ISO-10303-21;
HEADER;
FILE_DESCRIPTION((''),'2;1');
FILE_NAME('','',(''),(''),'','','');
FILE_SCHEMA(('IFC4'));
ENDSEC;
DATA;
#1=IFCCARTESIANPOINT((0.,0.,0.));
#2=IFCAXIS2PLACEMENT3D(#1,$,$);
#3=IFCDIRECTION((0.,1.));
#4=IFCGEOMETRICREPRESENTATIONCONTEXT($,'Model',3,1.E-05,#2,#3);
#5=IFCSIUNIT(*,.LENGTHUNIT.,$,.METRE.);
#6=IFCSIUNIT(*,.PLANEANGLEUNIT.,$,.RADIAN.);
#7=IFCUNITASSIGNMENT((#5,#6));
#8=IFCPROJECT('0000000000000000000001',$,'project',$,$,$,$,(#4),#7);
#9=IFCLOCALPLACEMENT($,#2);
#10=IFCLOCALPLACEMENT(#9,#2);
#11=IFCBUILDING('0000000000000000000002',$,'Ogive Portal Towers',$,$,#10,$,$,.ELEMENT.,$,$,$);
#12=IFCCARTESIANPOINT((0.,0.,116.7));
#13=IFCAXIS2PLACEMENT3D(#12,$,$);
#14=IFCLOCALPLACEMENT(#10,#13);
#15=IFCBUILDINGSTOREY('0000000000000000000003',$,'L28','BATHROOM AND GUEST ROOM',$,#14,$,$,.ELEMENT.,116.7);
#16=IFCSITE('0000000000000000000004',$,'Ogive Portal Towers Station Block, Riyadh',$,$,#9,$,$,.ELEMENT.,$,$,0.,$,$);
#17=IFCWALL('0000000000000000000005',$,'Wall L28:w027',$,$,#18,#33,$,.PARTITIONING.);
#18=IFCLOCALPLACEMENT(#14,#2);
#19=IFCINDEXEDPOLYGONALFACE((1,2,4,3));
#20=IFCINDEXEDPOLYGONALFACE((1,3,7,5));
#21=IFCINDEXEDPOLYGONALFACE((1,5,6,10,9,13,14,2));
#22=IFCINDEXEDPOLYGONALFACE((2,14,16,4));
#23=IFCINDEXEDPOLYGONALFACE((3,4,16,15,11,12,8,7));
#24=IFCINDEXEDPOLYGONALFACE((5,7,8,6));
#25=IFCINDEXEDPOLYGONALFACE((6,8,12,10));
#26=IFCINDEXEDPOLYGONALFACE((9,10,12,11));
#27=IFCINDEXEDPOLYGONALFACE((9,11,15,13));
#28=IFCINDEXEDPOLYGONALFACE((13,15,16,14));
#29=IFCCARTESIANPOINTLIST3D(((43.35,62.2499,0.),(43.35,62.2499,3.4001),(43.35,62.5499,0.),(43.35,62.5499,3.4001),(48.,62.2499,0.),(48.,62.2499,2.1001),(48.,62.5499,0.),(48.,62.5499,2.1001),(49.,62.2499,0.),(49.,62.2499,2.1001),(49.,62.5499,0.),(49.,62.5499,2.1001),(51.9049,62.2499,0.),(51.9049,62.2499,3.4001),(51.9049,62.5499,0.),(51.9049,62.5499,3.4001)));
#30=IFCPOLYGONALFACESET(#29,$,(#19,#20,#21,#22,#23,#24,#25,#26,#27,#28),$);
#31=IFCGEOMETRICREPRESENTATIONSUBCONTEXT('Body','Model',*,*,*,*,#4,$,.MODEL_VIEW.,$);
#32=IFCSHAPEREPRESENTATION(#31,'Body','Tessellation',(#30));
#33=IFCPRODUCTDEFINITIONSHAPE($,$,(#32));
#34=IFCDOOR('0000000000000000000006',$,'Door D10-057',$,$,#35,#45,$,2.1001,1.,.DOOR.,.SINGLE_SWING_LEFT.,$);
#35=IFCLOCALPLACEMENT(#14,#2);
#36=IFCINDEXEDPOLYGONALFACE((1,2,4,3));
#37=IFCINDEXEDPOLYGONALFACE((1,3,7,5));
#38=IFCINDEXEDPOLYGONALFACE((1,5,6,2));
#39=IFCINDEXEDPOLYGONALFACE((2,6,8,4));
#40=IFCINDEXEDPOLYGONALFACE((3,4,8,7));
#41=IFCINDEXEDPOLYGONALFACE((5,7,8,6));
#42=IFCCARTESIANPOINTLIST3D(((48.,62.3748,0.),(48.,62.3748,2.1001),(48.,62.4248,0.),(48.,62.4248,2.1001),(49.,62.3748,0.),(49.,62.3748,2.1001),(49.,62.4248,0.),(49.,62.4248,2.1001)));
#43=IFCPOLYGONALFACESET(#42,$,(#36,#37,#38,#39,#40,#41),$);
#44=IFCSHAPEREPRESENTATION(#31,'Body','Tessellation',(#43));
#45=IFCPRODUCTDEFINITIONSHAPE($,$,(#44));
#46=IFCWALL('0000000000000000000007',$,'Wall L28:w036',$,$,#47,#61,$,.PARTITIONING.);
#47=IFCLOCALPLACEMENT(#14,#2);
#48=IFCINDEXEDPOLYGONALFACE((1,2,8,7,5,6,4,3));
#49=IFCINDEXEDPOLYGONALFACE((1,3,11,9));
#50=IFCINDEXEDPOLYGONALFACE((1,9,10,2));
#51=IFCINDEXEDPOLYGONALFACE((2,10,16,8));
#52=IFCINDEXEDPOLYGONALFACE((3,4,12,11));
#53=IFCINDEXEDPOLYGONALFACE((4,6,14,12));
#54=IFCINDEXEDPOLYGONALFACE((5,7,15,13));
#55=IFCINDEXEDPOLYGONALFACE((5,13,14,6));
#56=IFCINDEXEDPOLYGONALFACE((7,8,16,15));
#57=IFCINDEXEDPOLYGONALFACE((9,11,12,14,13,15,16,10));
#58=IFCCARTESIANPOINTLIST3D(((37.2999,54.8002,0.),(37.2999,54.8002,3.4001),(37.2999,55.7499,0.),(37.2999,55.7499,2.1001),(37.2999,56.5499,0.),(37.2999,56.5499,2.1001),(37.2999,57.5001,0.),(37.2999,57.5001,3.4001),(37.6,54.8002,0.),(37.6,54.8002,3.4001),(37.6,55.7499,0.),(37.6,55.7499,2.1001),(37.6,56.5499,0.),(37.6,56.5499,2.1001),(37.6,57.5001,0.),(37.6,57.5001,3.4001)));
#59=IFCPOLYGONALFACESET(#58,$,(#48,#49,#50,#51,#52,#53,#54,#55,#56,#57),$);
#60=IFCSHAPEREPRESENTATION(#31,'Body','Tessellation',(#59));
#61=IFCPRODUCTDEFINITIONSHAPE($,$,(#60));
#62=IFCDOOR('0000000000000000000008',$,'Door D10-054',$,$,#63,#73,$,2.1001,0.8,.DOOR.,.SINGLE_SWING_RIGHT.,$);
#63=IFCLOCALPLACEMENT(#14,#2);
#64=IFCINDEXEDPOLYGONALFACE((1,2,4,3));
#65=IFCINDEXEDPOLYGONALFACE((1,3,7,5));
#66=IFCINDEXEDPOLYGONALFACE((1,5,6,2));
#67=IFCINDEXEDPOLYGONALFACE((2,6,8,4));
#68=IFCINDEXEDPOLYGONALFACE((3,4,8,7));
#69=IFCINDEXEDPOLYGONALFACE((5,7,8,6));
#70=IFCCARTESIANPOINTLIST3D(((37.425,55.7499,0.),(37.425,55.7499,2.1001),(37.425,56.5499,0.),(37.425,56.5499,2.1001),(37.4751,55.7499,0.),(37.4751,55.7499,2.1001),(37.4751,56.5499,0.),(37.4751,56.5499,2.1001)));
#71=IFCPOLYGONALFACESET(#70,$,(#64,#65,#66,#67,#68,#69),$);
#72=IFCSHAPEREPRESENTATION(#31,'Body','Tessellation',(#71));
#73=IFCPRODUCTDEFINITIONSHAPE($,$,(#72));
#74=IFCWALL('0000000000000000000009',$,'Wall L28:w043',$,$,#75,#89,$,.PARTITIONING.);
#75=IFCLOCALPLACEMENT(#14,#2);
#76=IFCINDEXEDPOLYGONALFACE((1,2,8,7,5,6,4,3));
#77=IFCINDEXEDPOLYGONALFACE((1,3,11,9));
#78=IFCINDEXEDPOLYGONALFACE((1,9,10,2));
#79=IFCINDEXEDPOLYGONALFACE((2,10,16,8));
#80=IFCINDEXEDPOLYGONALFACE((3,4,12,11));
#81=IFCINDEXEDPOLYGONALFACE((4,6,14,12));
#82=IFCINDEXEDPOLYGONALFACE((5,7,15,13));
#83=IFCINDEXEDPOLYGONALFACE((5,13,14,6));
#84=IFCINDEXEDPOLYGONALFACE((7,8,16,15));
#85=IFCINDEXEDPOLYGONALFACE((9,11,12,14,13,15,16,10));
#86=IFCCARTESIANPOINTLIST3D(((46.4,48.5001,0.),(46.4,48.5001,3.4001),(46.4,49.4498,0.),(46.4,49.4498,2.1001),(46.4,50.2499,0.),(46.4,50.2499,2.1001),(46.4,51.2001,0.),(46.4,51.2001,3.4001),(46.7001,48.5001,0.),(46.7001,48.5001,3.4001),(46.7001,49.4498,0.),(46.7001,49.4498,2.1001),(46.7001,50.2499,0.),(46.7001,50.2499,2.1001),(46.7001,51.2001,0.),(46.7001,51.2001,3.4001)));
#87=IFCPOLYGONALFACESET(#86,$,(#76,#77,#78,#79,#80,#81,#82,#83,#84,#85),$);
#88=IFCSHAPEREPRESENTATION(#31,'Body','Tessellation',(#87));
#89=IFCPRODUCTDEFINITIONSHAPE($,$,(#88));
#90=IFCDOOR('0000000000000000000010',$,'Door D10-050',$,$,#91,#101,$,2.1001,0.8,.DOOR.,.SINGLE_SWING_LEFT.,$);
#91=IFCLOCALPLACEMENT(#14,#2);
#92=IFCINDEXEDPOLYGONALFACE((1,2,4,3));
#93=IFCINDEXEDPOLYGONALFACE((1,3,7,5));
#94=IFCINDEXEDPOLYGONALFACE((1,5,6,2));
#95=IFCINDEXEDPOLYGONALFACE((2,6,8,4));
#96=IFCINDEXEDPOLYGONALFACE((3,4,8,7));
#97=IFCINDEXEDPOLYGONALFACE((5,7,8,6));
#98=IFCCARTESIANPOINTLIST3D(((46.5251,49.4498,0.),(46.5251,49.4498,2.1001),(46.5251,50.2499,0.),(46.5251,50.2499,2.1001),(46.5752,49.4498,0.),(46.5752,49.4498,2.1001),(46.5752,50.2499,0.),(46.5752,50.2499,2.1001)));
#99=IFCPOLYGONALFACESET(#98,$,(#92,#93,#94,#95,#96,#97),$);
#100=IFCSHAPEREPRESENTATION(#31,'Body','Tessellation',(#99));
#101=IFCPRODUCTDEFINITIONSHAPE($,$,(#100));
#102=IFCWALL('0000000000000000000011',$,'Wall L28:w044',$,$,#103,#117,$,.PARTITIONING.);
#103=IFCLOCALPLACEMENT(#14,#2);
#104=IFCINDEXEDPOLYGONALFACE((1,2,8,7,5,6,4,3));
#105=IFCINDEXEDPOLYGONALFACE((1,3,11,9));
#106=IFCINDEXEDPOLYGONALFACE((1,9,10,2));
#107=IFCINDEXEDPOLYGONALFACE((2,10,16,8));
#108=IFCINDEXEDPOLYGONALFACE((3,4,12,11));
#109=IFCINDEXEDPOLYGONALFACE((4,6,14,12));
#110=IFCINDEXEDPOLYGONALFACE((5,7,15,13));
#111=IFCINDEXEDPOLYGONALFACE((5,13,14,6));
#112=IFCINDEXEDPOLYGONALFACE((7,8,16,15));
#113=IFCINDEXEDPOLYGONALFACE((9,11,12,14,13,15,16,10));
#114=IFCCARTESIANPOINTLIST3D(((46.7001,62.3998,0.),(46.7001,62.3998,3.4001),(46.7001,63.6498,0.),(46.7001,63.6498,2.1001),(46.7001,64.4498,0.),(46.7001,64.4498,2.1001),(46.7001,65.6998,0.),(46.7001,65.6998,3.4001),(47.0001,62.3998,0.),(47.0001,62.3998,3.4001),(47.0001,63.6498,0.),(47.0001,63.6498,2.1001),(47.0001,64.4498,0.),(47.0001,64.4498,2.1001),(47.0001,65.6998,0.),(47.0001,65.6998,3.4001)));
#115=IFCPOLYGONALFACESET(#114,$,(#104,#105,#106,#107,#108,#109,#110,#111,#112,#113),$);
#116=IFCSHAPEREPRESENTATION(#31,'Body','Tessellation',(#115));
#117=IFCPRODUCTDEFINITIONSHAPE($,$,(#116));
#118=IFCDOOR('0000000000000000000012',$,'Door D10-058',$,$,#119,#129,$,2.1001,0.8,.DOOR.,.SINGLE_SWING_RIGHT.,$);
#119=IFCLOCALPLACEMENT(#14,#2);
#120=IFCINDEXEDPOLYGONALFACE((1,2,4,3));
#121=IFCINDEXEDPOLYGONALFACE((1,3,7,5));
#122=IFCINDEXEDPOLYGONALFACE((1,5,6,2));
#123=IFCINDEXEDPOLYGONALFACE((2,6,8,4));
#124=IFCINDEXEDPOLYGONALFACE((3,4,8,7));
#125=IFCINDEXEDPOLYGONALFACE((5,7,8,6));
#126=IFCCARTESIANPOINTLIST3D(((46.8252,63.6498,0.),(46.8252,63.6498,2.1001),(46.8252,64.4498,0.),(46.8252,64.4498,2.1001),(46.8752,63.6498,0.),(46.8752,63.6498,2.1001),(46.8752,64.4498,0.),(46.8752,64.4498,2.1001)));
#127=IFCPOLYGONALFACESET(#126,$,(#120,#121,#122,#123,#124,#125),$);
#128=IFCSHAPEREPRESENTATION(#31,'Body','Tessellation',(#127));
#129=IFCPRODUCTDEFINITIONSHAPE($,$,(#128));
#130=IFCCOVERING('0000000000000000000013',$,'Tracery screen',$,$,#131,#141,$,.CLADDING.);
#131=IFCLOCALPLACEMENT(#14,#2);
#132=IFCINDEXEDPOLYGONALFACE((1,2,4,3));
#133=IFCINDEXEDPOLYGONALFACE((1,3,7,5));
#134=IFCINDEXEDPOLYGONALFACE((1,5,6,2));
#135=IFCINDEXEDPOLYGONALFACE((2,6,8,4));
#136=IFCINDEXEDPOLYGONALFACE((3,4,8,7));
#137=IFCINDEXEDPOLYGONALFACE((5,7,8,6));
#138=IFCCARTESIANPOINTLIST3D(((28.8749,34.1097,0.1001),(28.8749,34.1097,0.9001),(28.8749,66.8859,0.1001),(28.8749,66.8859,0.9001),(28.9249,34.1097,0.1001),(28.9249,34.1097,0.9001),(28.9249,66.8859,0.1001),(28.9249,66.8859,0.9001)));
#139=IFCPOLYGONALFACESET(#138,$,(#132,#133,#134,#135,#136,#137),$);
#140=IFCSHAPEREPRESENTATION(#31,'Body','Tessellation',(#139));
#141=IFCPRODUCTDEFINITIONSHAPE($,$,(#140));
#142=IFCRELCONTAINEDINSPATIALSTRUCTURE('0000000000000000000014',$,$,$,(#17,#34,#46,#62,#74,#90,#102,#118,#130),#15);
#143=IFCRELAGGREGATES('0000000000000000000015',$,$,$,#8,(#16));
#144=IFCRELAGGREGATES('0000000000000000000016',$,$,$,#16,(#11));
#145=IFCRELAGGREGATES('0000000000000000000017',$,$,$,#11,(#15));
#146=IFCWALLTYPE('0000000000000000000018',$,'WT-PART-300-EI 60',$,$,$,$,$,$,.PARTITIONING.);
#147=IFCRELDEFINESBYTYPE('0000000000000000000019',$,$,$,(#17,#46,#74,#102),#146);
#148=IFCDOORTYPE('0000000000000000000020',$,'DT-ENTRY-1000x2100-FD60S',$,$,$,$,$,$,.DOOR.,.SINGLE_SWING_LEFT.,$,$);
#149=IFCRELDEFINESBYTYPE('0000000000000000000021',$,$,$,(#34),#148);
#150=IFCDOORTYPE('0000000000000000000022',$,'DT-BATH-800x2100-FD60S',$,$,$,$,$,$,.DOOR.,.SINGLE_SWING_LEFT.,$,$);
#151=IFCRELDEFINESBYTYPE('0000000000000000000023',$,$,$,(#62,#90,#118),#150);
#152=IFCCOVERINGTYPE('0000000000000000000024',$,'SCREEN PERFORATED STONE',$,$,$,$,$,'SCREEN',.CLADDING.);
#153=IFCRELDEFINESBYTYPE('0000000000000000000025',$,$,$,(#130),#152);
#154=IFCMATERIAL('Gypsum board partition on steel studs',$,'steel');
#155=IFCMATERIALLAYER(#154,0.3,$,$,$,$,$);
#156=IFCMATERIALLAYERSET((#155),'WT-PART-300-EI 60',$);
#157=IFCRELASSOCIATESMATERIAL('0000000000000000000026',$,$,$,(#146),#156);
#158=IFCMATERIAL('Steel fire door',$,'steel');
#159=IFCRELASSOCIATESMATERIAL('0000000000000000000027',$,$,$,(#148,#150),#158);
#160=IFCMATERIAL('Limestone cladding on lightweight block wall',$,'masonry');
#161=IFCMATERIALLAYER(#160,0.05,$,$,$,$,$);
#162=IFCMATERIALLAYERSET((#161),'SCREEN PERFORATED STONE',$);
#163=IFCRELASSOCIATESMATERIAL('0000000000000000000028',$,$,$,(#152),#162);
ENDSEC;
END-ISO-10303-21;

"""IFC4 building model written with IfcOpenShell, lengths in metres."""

from ifc_helpers import new_model, si_unit, direction, frame, frame_2d, origin, origin_2d, place, context, subcontext, project, spatial, rectangle, extrude, material, layer, layer_set, type_object, element, fill, save


model = new_model("IFC4")

# Units and contexts
model_context = context("Model", 3, precision=1e-05, world=origin(), true_north=direction((0.0, 1.0)))
body_context = subcontext(model_context, "Body", "Model", "MODEL_VIEW")
ifc_project = project(units=[si_unit("LENGTHUNIT", "METRE"), si_unit("PLANEANGLEUNIT", "RADIAN")], contexts=[model_context])

# Site, building, storey
site_placement = place(None, origin())
site = spatial("IfcSite", under=ifc_project, at=site_placement, Name="Ogive Portal Towers Station Block, Riyadh", CompositionType="ELEMENT", RefElevation=0.0)
building_placement = place(site_placement, origin())
building = spatial("IfcBuilding", under=site, at=building_placement, Name="Ogive Portal Towers", CompositionType="ELEMENT")
storey_placement = place(building_placement, frame((0.0, 0.0, 116.7)))
storey = spatial("IfcBuildingStorey", under=building, at=storey_placement, Name="L28", Description="BATHROOM AND GUEST ROOM", CompositionType="ELEMENT", Elevation=116.7)

# Shared definitions
ifc_material_1 = material(Name="Steel fire door", Category="steel")

# Shared definitions
ifc_material_2 = material(Name="Gypsum board partition on steel studs", Category="steel")
ifc_layer_1 = layer(ifc_material_2, 0.3)
ifc_layer_set_1 = layer_set([ifc_layer_1], Name="WT-PART-300-EI 60")
wall_type_1 = type_object("IfcWallType", Name="WT-PART-300-EI 60", PredefinedType="PARTITIONING", material=ifc_layer_set_1)

# Walls, openings, doors
wall_1_placement = place(storey_placement, frame((43.3501, 62.3999, 0.0), z_axis=(0.0, 0.0, 1.0), x_axis=(1.0, 0.0, 0.0)))
wall_1 = element("IfcWall", 1, at=wall_1_placement, inside=storey, type_object=wall_type_1, Name="Wall L28:w027", PredefinedType="PARTITIONING", context=body_context, shape_type="SweptSolid", body=[
    extrude(rectangle(XDim=8.5549, YDim=0.3, at=frame_2d((4.2773, 0.0))), origin(), (0.0, 0.0, 1.0), 3.4001),
])
opening_1_placement = place(wall_1_placement, frame((4.6499, 0.0, 0.0)))
opening_1 = element("IfcOpeningElement", 2, at=opening_1_placement, cuts=wall_1, PredefinedType="OPENING", context=body_context, shape_type="SweptSolid", body=[
    extrude(rectangle(XDim=1.0, YDim=2.1001, at=frame_2d((0.5, 1.05))), frame((0.0, 0.1602, 0.0), z_axis=(0.0, -1.0, 0.0), x_axis=(1.0, 0.0, 0.0)), (0.0, 0.0, 1.0), 0.3201),
])
door_type_1 = type_object("IfcDoorType", Name="DT-ENTRY-1000x2100-FD60S", OperationType="SINGLE_SWING_LEFT", PredefinedType="DOOR", material=ifc_material_1)
door_1_placement = place(opening_1_placement, origin())
door_1 = element("IfcDoor", 3, at=door_1_placement, inside=storey, type_object=door_type_1, Name="Door D10-057", OperationType="SINGLE_SWING_LEFT", OverallHeight=2.1001, OverallWidth=1.0, PredefinedType="DOOR", context=body_context, shape_type="SweptSolid", body=[
    extrude(rectangle(XDim=1.0, YDim=2.1001, at=frame_2d((0.5, 1.05))), frame((0.0, 0.0249, 0.0), z_axis=(0.0, -1.0, 0.0), x_axis=(1.0, 0.0, 0.0)), (0.0, 0.0, 1.0), 0.05),
])
fill(opening_1, door_1)
wall_2_placement = place(storey_placement, frame((37.45, 54.8, 0.0), z_axis=(0.0, 0.0, 1.0), x_axis=(0.0, 1.0, 0.0)))
wall_2 = element("IfcWall", 4, at=wall_2_placement, inside=storey, type_object=wall_type_1, Name="Wall L28:w036", PredefinedType="PARTITIONING", context=body_context, shape_type="SweptSolid", body=[
    extrude(rectangle(XDim=2.7, YDim=0.3, at=frame_2d((1.3501, 0.0))), origin(), (0.0, 0.0, 1.0), 3.4001),
])
opening_2_placement = place(wall_2_placement, frame((0.95, 0.0, 0.0)))
opening_2 = element("IfcOpeningElement", 5, at=opening_2_placement, cuts=wall_2, PredefinedType="OPENING", context=body_context, shape_type="SweptSolid", body=[
    extrude(rectangle(XDim=0.8, YDim=2.1001, at=frame_2d((0.3999, 1.05))), frame((0.0, 0.1602, 0.0), z_axis=(0.0, -1.0, 0.0), x_axis=(1.0, 0.0, 0.0)), (0.0, 0.0, 1.0), 0.3201),
])
door_type_2 = type_object("IfcDoorType", Name="DT-BATH-800x2100-FD60S", OperationType="SINGLE_SWING_LEFT", PredefinedType="DOOR", material=ifc_material_1)
door_2_placement = place(opening_2_placement, origin())
door_2 = element("IfcDoor", 6, at=door_2_placement, inside=storey, type_object=door_type_2, Name="Door D10-054", OperationType="SINGLE_SWING_RIGHT", OverallHeight=2.1001, OverallWidth=0.8, PredefinedType="DOOR", context=body_context, shape_type="SweptSolid", body=[
    extrude(rectangle(XDim=0.8, YDim=2.1001, at=frame_2d((0.3999, 1.05))), frame((0.0, 0.0249, 0.0), z_axis=(0.0, -1.0, 0.0), x_axis=(1.0, 0.0, 0.0)), (0.0, 0.0, 1.0), 0.05),
])
fill(opening_2, door_2)
wall_3_placement = place(storey_placement, frame((46.55, 48.5, 0.0), z_axis=(0.0, 0.0, 1.0), x_axis=(0.0, 1.0, 0.0)))
wall_3 = element("IfcWall", 7, at=wall_3_placement, inside=storey, type_object=wall_type_1, Name="Wall L28:w043", PredefinedType="PARTITIONING", context=body_context, shape_type="SweptSolid", body=[
    extrude(rectangle(XDim=2.7, YDim=0.3, at=frame_2d((1.3501, 0.0))), origin(), (0.0, 0.0, 1.0), 3.4001),
])
opening_3_placement = place(wall_3_placement, frame((0.95, 0.0, 0.0)))
opening_3 = element("IfcOpeningElement", 8, at=opening_3_placement, cuts=wall_3, PredefinedType="OPENING", context=body_context, shape_type="SweptSolid", body=[
    extrude(rectangle(XDim=0.8, YDim=2.1001, at=frame_2d((0.3999, 1.05))), frame((0.0, 0.1602, 0.0), z_axis=(0.0, -1.0, 0.0), x_axis=(1.0, 0.0, 0.0)), (0.0, 0.0, 1.0), 0.3201),
])
door_3_placement = place(opening_3_placement, origin())
door_3 = element("IfcDoor", 9, at=door_3_placement, inside=storey, type_object=door_type_2, Name="Door D10-050", OperationType="SINGLE_SWING_LEFT", OverallHeight=2.1001, OverallWidth=0.8, PredefinedType="DOOR", context=body_context, shape_type="SweptSolid", body=[
    extrude(rectangle(XDim=0.8, YDim=2.1001, at=frame_2d((0.3999, 1.05))), frame((0.0, 0.0249, 0.0), z_axis=(0.0, -1.0, 0.0), x_axis=(1.0, 0.0, 0.0)), (0.0, 0.0, 1.0), 0.05),
])
fill(opening_3, door_3)
wall_4_placement = place(storey_placement, frame((46.8501, 62.3999, 0.0), z_axis=(0.0, 0.0, 1.0), x_axis=(0.0, 1.0, 0.0)))
wall_4 = element("IfcWall", 10, at=wall_4_placement, inside=storey, type_object=wall_type_1, Name="Wall L28:w044", PredefinedType="PARTITIONING", context=body_context, shape_type="SweptSolid", body=[
    extrude(rectangle(XDim=3.3, YDim=0.3, at=frame_2d((1.6499, 0.0))), origin(), (0.0, 0.0, 1.0), 3.4001),
])
opening_4_placement = place(wall_4_placement, frame((1.25, 0.0, 0.0)))
opening_4 = element("IfcOpeningElement", 11, at=opening_4_placement, cuts=wall_4, PredefinedType="OPENING", context=body_context, shape_type="SweptSolid", body=[
    extrude(rectangle(XDim=0.8, YDim=2.1001, at=frame_2d((0.3999, 1.05))), frame((0.0, 0.1602, 0.0), z_axis=(0.0, -1.0, 0.0), x_axis=(1.0, 0.0, 0.0)), (0.0, 0.0, 1.0), 0.3201),
])
door_4_placement = place(opening_4_placement, origin())
door_4 = element("IfcDoor", 12, at=door_4_placement, inside=storey, type_object=door_type_2, Name="Door D10-058", OperationType="SINGLE_SWING_RIGHT", OverallHeight=2.1001, OverallWidth=0.8, PredefinedType="DOOR", context=body_context, shape_type="SweptSolid", body=[
    extrude(rectangle(XDim=0.8, YDim=2.1001, at=frame_2d((0.3999, 1.05))), frame((0.0, 0.0249, 0.0), z_axis=(0.0, -1.0, 0.0), x_axis=(1.0, 0.0, 0.0)), (0.0, 0.0, 1.0), 0.05),
])
fill(opening_4, door_4)

# Covering
ifc_material_3 = material(Name="Limestone cladding on lightweight block wall", Category="masonry")
ifc_layer_2 = layer(ifc_material_3, 0.05)
ifc_layer_set_2 = layer_set([ifc_layer_2], Name="SCREEN PERFORATED STONE")
covering_type = type_object("IfcCoveringType", Name="SCREEN PERFORATED STONE", ElementType="SCREEN", PredefinedType="CLADDING", material=ifc_layer_set_2)
covering_placement = place(storey_placement, frame((28.8999, 50.4978, 0.1001), z_axis=(0.0, 0.0, 1.0), x_axis=(0.0, -1.0, 0.0)))
element("IfcCovering", 13, at=covering_placement, inside=storey, type_object=covering_type, Name="Tracery screen", PredefinedType="CLADDING", context=body_context, shape_type="SweptSolid", body=[
    extrude(rectangle(XDim=32.7761, YDim=0.05, at=origin_2d()), origin(), (0.0, 0.0, 1.0), 0.8),
])

save(model, "model.ifc")
